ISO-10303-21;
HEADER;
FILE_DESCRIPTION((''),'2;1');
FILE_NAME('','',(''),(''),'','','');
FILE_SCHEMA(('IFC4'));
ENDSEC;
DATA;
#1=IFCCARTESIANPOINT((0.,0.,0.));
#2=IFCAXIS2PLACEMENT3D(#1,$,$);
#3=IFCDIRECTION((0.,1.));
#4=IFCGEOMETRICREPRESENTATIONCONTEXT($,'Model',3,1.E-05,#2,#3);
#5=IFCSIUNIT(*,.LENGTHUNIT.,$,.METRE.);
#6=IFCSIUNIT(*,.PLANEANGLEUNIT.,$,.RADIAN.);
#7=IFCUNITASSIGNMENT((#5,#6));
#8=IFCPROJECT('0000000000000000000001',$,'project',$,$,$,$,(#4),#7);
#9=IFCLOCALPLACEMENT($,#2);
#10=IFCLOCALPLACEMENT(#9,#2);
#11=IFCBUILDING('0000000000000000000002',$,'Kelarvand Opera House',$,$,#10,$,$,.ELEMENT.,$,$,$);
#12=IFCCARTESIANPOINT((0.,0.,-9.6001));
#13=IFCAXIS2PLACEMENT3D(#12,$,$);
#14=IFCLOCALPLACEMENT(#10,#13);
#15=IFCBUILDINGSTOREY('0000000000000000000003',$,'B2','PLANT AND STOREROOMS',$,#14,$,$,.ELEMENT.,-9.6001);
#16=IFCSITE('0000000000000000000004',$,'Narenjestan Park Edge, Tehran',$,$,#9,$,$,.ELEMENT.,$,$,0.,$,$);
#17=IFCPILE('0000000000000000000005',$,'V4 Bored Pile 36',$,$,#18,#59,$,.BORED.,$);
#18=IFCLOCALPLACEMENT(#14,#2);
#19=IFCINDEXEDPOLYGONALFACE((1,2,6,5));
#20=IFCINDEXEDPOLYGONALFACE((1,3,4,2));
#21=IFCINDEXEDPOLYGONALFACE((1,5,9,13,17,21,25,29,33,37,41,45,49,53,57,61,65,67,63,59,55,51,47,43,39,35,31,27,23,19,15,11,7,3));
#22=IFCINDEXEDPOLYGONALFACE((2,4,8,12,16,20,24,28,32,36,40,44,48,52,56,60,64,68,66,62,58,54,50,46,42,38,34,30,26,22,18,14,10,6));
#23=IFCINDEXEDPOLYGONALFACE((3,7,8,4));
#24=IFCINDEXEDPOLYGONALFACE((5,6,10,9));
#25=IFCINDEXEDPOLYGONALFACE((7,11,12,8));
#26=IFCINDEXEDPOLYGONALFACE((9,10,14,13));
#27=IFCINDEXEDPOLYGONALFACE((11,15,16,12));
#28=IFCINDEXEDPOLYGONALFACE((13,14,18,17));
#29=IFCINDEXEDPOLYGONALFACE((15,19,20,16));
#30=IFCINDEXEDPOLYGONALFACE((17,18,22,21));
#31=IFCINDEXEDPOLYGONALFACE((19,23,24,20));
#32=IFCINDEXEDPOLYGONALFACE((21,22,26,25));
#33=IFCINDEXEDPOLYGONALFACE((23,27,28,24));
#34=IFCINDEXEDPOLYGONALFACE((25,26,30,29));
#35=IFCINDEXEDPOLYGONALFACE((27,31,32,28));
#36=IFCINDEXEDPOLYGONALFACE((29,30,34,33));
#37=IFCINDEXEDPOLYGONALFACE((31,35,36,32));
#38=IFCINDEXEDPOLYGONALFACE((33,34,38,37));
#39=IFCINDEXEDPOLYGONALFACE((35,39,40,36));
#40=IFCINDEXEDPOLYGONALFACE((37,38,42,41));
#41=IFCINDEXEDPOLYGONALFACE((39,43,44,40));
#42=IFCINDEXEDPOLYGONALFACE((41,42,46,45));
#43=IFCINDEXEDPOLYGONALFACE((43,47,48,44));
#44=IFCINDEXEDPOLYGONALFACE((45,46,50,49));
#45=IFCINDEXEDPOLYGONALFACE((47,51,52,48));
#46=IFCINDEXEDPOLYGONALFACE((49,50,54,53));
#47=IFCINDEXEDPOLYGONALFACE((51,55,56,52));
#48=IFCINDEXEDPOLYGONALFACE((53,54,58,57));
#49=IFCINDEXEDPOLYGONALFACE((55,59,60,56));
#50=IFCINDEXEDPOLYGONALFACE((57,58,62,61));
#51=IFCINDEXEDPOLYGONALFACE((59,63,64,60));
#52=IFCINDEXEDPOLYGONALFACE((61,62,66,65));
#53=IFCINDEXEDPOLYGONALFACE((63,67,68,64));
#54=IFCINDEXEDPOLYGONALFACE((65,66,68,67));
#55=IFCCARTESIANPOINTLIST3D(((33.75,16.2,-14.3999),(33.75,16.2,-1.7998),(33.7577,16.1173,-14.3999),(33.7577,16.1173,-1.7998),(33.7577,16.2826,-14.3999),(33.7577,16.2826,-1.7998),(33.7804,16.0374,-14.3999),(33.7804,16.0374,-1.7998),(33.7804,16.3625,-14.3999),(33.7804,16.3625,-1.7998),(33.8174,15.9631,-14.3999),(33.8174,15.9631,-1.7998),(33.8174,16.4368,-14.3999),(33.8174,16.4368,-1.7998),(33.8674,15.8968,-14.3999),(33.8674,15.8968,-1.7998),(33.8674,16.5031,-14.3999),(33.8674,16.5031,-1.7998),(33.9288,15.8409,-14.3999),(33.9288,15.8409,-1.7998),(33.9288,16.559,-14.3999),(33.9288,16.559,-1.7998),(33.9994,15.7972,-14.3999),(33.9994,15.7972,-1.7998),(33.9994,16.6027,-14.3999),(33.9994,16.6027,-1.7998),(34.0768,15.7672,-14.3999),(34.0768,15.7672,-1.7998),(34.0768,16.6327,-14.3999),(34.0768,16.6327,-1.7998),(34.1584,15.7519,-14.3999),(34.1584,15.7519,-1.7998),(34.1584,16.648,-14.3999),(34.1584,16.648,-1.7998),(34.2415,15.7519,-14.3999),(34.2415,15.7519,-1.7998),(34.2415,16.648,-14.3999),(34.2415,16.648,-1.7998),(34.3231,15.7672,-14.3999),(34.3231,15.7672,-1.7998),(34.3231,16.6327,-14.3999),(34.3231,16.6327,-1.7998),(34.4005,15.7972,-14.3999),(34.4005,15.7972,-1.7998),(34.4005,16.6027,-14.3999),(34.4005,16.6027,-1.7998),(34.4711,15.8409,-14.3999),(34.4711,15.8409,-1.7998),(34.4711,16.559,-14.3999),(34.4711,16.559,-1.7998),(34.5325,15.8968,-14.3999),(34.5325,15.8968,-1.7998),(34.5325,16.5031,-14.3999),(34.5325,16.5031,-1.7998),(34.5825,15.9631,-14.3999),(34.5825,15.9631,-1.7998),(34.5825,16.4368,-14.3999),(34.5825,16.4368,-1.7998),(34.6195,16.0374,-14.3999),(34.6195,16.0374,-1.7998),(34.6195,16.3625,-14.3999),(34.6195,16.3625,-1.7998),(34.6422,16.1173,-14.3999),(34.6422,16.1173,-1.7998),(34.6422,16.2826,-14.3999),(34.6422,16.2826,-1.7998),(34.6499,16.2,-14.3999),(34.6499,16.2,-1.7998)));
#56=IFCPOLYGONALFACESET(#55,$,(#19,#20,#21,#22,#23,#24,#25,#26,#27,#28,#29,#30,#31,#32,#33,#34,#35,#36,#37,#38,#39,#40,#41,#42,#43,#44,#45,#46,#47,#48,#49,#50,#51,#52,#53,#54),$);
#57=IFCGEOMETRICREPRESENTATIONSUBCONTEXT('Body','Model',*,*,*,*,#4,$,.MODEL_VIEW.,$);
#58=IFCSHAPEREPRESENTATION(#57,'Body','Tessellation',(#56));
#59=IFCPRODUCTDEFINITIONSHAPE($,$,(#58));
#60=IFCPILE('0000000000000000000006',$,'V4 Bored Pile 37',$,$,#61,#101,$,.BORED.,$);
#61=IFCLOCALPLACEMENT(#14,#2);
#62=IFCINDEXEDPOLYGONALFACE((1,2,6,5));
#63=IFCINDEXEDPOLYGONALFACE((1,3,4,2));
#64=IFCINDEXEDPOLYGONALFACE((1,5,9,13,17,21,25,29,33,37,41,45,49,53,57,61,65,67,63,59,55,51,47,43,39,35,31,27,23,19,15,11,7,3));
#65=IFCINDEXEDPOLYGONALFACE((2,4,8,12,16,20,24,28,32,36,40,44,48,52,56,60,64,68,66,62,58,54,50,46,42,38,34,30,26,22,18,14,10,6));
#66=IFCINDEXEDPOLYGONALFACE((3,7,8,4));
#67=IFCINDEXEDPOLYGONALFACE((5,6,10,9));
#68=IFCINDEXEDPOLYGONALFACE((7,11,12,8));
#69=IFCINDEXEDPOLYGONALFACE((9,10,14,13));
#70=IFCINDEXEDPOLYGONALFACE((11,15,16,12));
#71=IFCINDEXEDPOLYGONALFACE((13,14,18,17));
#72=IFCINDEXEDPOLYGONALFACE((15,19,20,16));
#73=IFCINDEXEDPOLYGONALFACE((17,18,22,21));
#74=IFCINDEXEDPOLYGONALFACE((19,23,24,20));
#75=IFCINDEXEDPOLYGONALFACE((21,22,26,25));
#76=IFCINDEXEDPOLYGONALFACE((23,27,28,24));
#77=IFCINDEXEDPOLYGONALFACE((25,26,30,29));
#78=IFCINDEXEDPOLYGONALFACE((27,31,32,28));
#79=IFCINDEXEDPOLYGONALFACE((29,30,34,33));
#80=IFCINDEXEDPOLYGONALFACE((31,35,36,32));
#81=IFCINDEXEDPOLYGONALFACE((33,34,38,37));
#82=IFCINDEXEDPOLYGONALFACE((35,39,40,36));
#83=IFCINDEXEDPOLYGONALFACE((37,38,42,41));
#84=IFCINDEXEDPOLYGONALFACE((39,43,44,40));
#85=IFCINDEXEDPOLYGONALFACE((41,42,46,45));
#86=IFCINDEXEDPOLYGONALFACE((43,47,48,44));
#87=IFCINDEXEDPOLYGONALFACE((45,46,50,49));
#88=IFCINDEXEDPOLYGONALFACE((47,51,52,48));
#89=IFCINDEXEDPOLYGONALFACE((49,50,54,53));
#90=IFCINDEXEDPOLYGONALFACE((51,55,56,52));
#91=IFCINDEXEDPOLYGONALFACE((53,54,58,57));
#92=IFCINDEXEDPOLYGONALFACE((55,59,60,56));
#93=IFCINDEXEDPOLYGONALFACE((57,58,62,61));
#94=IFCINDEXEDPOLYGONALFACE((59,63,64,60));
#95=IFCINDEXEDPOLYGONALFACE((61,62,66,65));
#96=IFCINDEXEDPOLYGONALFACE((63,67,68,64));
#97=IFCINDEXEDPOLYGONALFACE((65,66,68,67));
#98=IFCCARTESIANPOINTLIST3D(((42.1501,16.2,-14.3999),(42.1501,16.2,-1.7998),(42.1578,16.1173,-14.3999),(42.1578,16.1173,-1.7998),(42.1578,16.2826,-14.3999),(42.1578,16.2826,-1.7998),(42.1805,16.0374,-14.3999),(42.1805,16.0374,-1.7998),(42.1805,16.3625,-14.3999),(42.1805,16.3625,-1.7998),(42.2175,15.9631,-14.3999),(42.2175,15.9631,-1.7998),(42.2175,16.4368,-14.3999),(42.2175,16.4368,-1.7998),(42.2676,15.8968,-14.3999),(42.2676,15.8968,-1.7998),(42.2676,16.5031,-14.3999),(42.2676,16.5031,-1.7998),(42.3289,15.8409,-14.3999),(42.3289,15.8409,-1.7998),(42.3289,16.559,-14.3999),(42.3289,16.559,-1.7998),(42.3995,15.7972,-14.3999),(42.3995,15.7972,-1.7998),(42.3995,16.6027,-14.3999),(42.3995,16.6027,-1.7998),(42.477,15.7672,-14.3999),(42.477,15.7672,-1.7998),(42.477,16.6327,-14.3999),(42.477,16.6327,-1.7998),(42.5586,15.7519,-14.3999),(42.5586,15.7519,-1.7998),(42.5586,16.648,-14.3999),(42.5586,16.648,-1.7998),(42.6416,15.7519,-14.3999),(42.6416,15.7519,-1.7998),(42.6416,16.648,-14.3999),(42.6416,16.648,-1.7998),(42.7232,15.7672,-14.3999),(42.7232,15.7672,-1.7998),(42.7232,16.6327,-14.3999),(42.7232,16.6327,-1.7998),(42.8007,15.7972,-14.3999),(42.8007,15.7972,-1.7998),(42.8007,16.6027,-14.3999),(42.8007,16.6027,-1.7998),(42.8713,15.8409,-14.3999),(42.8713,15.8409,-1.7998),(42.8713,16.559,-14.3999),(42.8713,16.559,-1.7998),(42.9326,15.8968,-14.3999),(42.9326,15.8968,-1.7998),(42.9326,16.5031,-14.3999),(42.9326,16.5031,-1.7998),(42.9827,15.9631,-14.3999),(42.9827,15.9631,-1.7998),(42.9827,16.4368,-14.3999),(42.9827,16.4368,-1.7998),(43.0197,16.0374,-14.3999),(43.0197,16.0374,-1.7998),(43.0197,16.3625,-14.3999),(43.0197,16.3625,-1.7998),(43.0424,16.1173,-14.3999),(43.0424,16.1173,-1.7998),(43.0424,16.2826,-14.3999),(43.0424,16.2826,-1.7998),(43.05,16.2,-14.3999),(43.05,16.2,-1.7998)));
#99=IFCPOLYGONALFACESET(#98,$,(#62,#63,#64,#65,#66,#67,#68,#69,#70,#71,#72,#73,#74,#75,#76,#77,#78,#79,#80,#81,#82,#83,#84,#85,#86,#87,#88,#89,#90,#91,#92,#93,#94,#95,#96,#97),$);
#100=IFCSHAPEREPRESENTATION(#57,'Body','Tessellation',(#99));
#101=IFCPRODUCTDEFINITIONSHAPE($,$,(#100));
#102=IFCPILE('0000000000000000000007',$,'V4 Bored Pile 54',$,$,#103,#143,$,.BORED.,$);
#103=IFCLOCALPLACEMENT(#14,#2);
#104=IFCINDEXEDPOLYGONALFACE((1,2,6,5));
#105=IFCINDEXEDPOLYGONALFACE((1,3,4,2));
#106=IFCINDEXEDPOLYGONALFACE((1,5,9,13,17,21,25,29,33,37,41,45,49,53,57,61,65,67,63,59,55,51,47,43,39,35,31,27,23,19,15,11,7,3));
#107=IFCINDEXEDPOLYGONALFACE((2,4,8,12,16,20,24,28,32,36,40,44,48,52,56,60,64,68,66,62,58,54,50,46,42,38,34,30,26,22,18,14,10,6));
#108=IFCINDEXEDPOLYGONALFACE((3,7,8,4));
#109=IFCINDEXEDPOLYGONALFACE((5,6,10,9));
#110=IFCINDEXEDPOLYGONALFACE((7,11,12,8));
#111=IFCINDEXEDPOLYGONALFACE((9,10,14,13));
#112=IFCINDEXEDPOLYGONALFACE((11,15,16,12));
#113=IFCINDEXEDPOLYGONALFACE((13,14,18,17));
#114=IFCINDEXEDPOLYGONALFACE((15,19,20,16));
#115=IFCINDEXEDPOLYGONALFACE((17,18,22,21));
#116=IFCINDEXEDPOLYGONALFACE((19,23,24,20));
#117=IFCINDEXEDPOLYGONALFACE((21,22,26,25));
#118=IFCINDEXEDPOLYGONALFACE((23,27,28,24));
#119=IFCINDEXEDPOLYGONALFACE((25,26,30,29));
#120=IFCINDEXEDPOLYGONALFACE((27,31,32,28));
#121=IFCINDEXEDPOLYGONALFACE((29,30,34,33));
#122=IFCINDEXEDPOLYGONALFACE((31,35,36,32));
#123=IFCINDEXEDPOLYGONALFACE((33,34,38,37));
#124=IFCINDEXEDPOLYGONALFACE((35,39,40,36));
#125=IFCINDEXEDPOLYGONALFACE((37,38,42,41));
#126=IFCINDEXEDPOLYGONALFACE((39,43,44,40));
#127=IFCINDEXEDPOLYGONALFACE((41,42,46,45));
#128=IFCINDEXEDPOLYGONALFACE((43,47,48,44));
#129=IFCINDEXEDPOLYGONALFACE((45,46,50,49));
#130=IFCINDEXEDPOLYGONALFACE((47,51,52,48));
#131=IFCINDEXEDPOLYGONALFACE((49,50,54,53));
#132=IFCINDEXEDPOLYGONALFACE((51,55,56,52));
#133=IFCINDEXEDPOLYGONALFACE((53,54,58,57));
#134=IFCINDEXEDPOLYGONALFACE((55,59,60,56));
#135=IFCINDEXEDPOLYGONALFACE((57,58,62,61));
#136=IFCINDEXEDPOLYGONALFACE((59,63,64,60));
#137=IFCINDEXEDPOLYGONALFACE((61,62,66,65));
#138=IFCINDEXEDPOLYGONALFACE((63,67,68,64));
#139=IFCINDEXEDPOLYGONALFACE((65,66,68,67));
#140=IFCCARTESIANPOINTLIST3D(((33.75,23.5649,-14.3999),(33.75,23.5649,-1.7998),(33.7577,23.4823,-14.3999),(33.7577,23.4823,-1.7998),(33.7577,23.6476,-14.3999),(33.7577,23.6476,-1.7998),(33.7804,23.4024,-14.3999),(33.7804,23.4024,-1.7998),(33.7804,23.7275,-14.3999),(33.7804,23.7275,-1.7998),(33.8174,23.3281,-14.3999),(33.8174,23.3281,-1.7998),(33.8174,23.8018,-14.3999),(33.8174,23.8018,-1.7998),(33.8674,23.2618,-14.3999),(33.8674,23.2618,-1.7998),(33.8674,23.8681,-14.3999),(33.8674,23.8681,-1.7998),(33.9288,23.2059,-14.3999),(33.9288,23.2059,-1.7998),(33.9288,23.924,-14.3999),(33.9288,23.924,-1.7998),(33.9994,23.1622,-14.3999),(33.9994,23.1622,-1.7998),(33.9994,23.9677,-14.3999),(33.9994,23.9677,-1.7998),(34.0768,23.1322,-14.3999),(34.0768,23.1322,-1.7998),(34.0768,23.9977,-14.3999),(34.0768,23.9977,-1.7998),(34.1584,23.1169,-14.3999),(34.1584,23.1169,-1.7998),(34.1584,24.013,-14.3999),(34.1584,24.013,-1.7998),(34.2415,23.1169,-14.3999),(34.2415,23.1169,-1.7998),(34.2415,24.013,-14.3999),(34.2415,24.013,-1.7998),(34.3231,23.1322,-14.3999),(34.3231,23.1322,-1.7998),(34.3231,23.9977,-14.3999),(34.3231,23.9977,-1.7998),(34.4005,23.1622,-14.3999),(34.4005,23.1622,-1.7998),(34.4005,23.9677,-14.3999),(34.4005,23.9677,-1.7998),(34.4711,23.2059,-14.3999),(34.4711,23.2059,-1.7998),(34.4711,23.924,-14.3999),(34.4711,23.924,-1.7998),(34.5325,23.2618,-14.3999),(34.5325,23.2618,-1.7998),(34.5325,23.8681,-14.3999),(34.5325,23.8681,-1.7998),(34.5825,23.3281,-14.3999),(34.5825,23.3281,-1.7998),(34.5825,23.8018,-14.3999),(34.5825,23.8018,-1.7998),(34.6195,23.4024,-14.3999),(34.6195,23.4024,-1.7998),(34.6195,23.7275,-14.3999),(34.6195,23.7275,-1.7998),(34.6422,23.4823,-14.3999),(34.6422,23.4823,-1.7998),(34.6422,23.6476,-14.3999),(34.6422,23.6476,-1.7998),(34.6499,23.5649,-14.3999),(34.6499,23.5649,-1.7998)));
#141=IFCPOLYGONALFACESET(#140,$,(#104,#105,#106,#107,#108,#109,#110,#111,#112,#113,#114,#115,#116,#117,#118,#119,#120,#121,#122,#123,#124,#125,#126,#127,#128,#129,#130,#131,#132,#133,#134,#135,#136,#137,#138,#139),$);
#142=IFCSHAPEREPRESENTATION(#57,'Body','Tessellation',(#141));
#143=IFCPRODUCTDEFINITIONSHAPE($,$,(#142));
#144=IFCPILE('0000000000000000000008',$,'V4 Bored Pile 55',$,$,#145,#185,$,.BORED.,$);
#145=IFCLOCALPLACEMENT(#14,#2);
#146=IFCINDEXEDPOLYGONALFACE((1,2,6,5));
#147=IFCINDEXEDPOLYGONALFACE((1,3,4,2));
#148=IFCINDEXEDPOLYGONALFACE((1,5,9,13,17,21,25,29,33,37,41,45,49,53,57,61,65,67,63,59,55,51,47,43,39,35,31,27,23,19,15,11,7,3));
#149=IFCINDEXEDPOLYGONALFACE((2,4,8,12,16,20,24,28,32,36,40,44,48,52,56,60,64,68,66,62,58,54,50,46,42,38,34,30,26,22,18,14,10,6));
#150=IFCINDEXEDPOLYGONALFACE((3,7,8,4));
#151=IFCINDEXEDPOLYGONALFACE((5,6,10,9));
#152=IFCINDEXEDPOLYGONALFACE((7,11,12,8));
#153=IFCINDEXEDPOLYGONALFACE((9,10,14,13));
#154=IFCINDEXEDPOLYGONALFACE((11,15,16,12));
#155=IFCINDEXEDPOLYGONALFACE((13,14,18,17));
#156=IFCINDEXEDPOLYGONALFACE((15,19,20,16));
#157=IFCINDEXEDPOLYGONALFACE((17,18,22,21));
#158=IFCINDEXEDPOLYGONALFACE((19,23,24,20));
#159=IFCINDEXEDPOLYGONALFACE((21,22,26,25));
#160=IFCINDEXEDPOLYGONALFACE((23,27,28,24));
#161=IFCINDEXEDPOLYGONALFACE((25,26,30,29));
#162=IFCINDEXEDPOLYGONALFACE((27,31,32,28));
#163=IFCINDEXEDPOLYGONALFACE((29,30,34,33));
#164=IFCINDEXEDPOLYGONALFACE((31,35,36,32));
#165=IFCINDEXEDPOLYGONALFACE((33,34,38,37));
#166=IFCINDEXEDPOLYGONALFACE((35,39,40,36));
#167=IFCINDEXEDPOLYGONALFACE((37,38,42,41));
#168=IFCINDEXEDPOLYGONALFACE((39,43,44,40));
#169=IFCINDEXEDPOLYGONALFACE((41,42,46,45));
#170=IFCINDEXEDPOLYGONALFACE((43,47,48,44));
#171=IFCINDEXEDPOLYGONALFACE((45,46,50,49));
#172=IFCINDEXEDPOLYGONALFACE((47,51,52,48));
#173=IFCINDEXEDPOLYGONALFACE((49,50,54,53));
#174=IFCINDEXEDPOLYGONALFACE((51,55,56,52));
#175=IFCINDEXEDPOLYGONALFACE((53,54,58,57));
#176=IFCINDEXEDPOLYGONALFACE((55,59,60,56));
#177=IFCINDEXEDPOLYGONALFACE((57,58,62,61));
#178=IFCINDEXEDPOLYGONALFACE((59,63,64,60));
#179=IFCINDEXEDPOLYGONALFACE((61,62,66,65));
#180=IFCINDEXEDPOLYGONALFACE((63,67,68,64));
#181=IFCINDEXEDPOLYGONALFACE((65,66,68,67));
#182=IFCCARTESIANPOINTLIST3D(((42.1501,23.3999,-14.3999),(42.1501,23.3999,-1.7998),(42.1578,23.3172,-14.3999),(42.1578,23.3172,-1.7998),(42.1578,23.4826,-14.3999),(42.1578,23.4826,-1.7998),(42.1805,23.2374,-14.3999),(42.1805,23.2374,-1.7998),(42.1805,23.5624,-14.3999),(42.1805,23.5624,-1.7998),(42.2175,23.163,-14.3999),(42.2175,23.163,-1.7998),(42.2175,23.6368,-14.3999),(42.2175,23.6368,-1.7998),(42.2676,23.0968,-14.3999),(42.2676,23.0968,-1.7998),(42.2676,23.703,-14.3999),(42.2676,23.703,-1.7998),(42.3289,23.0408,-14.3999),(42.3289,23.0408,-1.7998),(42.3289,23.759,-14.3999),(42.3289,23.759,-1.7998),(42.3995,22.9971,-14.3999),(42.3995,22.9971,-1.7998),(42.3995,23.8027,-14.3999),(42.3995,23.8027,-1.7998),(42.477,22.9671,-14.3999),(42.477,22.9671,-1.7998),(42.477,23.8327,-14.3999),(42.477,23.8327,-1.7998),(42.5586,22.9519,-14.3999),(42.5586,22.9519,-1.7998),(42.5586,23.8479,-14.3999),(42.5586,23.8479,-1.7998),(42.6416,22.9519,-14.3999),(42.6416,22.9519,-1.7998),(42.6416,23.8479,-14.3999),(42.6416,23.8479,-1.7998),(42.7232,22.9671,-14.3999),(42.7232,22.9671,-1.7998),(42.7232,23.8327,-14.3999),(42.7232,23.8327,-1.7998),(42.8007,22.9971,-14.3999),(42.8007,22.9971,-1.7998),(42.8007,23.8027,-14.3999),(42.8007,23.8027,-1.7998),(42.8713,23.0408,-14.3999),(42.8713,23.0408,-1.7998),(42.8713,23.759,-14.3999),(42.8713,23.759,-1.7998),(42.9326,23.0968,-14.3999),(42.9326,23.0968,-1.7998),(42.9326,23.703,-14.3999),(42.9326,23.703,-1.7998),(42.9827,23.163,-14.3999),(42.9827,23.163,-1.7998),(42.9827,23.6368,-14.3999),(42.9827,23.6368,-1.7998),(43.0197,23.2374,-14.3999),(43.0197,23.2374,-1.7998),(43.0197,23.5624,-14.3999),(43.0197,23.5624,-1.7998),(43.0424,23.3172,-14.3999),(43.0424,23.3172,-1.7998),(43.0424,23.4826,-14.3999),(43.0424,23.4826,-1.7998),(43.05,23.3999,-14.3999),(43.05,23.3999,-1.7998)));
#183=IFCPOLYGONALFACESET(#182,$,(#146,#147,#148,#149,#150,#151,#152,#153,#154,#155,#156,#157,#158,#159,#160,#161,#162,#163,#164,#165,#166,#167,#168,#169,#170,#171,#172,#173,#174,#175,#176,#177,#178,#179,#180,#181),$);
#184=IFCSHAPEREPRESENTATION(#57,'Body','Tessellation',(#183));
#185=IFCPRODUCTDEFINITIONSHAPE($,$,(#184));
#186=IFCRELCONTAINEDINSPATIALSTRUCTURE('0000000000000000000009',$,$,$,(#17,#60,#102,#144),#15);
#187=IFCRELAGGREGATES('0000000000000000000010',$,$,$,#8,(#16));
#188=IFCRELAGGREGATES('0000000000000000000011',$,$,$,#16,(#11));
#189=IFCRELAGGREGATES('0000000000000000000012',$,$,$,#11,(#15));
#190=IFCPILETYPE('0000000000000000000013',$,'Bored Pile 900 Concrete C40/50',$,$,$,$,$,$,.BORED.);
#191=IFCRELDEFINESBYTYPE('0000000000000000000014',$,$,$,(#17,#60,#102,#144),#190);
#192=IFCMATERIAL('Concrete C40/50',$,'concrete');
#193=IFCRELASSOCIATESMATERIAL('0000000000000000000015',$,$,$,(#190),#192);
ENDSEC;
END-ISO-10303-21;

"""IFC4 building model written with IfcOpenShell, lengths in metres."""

from ifc_helpers import new_model, si_unit, direction, frame, origin, origin_2d, place, context, subcontext, project, spatial, circle, extrude, material, material_profile, profile_set, type_object, element, save


model = new_model("IFC4")

# Units and contexts
model_context = context("Model", 3, precision=1e-05, world=origin(), true_north=direction((0.0, 1.0)))
body_context = subcontext(model_context, "Body", "Model", "MODEL_VIEW")
ifc_project = project(units=[si_unit("LENGTHUNIT", "METRE"), si_unit("PLANEANGLEUNIT", "RADIAN")], contexts=[model_context])

# Site, building, storey
site_placement = place(None, origin())
site = spatial("IfcSite", under=ifc_project, at=site_placement, Name="Narenjestan Park Edge, Tehran", CompositionType="ELEMENT", RefElevation=0.0)
building_placement = place(site_placement, origin())
building = spatial("IfcBuilding", under=site, at=building_placement, Name="Kelarvand Opera House", CompositionType="ELEMENT")
storey_placement = place(building_placement, frame((0.0, 0.0, -9.6001)))
storey = spatial("IfcBuildingStorey", under=building, at=storey_placement, Name="B2", Description="PLANT AND STOREROOMS", CompositionType="ELEMENT", Elevation=-9.6001)

# Piles
ifc_material_1 = material(Name="Concrete C40/50", Category="concrete")
ifc_material_profile_1 = material_profile(ifc_material_1, circle(Radius=0.45, at=origin_2d()), Name="BP 900", Category="concrete")
ifc_profile_set_1 = profile_set([ifc_material_profile_1], Name="Concrete C40/50")
pile_type = type_object("IfcPileType", Name="Bored Pile 900 Concrete C40/50", PredefinedType="BORED", material=ifc_profile_set_1)
for number, where, z_axis, x_axis, name in (
    (1, (34.2, 16.2, -1.7998), (0.0, 0.0, -1.0), (1.0, 0.0, 0.0), "V4 Bored Pile 36"),
    (2, (42.6001, 16.2, -1.7998), (0.0, 0.0, -1.0), (1.0, 0.0, 0.0), "V4 Bored Pile 37"),
    (3, (34.2, 23.5649, -1.7998), (0.0, 0.0, -1.0), (1.0, 0.0, 0.0), "V4 Bored Pile 54"),
    (4, (42.6001, 23.3999, -1.7998), (0.0, 0.0, -1.0), (1.0, 0.0, 0.0), "V4 Bored Pile 55"),
):
    element("IfcPile", number, at=place(storey_placement, frame(where, z_axis=z_axis, x_axis=x_axis)), inside=storey, type_object=pile_type, Name=name, PredefinedType="BORED", context=body_context, shape_type="SweptSolid", body=[
        extrude(circle(Radius=0.45, at=origin_2d()), origin(), (0.0, 0.0, 1.0), 12.6001),
    ])

save(model, "model.ifc")
